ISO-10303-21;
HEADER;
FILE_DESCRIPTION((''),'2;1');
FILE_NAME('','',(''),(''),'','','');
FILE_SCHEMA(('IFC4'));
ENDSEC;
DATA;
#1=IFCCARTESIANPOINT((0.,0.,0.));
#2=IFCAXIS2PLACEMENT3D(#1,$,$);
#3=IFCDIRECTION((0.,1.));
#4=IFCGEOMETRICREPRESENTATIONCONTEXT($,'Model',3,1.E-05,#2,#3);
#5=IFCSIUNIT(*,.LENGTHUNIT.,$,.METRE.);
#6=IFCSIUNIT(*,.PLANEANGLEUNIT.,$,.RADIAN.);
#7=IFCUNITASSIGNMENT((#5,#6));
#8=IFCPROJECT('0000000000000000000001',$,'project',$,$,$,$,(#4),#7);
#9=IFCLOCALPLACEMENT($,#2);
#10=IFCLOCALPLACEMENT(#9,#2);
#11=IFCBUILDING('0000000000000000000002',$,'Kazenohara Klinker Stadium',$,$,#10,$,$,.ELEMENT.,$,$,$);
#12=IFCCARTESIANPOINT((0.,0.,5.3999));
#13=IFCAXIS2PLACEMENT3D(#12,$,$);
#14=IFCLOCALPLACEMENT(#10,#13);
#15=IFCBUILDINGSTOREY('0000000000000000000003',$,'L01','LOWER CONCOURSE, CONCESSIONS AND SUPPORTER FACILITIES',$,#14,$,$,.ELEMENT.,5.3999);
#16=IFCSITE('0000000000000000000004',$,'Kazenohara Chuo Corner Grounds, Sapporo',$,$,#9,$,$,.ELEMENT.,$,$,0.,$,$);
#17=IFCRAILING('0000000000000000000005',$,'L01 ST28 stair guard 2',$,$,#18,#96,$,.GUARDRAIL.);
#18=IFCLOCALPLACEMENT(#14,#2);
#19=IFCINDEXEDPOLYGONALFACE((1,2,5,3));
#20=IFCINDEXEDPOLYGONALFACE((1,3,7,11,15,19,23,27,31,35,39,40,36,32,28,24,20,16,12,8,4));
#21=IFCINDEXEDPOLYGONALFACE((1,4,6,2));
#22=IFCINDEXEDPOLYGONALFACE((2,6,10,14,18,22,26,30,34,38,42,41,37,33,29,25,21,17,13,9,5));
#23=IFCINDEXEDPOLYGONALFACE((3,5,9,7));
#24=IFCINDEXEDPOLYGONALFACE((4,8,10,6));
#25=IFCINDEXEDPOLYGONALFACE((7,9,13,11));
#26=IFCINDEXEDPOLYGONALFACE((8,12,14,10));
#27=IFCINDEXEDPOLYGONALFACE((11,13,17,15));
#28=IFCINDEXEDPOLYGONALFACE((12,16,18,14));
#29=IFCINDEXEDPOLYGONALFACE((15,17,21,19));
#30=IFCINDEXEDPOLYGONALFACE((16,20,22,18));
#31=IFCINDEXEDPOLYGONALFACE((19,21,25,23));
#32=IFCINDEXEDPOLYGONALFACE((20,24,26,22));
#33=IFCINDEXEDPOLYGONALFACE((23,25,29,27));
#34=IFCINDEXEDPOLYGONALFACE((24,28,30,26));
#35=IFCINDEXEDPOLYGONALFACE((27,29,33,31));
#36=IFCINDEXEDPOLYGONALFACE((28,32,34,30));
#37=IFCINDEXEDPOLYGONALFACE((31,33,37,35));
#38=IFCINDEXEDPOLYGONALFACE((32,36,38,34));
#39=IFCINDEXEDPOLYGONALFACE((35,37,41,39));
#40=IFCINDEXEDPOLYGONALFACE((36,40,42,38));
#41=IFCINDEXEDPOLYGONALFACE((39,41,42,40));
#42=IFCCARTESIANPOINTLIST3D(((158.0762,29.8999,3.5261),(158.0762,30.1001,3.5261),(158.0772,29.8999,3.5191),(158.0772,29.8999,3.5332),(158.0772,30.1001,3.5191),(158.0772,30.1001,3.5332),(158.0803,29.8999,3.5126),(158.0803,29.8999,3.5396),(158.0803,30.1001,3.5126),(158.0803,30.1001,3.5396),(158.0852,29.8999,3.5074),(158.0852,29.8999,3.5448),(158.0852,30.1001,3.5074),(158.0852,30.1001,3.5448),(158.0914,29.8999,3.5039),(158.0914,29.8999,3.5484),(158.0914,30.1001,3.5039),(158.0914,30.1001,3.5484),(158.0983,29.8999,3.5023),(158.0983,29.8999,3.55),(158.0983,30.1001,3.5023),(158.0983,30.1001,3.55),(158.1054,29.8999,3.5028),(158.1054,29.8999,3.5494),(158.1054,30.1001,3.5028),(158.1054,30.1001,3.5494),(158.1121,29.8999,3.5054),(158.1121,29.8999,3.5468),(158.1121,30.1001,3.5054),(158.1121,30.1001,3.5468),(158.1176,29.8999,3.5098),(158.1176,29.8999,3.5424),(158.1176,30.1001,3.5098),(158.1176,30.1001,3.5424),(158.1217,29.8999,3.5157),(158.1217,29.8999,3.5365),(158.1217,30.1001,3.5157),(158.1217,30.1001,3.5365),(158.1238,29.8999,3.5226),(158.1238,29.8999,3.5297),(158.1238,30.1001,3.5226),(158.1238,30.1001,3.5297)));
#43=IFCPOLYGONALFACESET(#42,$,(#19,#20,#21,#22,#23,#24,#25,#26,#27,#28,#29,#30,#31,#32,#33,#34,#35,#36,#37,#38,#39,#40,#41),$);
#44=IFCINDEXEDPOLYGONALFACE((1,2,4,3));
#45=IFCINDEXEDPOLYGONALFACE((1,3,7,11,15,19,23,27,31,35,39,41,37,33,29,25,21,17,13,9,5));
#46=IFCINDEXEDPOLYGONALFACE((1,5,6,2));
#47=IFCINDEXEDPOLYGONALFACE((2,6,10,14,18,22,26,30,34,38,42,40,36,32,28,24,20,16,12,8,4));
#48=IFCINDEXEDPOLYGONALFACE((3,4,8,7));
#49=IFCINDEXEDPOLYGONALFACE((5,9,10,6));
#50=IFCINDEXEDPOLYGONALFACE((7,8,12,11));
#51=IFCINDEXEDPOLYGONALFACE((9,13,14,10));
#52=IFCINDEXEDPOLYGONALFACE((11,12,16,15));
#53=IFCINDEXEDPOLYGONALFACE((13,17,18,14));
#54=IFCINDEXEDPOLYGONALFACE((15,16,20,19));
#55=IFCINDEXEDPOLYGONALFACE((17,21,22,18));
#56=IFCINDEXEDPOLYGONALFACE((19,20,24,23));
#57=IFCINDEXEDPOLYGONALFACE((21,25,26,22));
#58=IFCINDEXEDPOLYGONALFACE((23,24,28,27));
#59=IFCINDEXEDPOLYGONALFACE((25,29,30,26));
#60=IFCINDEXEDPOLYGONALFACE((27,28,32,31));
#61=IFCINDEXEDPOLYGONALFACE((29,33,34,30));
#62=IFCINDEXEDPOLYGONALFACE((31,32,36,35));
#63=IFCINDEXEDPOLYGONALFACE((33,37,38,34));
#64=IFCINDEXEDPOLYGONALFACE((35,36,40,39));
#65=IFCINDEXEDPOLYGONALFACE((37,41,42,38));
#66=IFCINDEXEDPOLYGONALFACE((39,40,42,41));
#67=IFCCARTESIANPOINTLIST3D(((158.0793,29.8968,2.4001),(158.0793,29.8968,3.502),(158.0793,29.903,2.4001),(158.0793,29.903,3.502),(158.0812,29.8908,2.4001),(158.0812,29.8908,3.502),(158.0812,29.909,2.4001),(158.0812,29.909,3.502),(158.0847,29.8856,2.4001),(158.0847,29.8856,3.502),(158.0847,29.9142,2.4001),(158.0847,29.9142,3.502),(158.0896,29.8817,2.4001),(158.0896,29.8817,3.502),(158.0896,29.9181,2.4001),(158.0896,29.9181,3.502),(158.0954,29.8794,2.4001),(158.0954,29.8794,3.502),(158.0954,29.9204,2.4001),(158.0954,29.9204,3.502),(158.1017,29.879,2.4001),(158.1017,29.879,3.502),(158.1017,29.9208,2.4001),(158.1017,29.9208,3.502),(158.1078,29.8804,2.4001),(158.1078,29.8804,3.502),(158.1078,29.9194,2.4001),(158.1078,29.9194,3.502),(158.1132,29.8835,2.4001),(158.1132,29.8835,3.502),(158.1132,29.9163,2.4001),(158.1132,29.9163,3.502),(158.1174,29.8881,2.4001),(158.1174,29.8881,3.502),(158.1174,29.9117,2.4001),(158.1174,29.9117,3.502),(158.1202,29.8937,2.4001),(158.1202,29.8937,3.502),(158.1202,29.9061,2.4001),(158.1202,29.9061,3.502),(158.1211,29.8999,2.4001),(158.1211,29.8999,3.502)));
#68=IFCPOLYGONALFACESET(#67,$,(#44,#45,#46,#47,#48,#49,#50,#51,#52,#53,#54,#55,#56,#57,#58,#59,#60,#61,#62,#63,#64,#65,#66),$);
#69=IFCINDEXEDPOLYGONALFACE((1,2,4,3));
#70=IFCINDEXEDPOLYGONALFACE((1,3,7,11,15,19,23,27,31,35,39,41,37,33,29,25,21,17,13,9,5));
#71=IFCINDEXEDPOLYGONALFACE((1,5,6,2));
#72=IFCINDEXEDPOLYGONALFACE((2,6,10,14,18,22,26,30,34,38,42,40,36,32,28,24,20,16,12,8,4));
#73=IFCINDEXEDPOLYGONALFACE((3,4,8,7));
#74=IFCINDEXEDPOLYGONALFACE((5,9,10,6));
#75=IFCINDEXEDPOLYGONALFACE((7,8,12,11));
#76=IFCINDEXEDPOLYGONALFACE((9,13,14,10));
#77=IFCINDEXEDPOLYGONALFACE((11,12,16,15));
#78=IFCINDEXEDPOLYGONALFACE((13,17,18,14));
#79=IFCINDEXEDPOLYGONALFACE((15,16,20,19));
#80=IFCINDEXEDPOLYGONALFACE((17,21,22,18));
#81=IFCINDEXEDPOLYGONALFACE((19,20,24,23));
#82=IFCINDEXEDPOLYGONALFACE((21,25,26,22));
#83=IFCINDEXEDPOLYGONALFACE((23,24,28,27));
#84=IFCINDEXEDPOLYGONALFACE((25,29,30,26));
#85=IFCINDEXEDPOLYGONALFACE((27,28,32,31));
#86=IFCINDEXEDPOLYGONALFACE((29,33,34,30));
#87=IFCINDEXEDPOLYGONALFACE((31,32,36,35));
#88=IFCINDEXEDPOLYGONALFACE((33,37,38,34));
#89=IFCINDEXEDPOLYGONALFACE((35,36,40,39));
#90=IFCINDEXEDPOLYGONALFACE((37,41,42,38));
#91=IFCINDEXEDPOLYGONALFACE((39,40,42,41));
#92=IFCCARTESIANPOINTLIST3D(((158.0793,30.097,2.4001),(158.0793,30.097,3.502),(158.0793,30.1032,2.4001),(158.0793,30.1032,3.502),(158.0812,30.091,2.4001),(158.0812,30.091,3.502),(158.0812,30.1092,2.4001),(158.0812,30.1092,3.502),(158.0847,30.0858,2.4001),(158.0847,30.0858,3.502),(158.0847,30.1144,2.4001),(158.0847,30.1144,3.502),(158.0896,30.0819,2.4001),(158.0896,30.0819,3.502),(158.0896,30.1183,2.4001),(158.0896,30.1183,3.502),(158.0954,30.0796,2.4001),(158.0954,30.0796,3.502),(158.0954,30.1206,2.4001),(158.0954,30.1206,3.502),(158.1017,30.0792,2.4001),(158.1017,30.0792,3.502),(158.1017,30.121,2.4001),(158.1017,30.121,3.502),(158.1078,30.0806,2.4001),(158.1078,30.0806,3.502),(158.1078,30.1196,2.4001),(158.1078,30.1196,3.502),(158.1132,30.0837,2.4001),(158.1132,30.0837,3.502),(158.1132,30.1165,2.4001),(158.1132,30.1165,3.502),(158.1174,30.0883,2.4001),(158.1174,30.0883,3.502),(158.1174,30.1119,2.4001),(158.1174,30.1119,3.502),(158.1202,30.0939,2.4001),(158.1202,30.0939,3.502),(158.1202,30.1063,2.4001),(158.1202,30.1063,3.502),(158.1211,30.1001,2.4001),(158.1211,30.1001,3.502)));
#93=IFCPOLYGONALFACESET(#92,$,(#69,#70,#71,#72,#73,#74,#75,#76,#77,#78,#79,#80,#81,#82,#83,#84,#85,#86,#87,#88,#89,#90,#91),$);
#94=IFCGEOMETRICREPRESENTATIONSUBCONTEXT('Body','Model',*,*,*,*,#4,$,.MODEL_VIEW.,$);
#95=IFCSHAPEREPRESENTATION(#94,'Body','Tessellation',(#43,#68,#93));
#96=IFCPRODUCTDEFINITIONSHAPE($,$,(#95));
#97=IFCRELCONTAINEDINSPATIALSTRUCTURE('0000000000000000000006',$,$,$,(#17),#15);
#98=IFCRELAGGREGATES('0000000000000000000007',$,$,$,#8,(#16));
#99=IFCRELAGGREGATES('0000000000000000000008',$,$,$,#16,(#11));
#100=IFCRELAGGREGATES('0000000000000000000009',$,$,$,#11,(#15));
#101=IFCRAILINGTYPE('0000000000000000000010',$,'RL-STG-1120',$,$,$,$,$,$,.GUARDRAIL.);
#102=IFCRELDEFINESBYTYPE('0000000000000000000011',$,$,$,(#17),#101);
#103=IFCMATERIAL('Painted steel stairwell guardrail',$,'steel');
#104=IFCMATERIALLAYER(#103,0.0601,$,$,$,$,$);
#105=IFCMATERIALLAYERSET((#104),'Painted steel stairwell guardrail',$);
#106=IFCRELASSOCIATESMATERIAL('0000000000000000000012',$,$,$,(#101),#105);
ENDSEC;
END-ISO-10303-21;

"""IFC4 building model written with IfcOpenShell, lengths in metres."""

from ifc_helpers import new_model, si_unit, direction, frame, origin, origin_2d, place, context, subcontext, project, spatial, circle, extrude, material, layer, layer_set, type_object, element, save


model = new_model("IFC4")

# Units and contexts
model_context = context("Model", 3, precision=1e-05, world=origin(), true_north=direction((0.0, 1.0)))
body_context = subcontext(model_context, "Body", "Model", "MODEL_VIEW")
ifc_project = project(units=[si_unit("LENGTHUNIT", "METRE"), si_unit("PLANEANGLEUNIT", "RADIAN")], contexts=[model_context])

# Site, building, storey
site_placement = place(None, origin())
site = spatial("IfcSite", under=ifc_project, at=site_placement, Name="Kazenohara Chuo Corner Grounds, Sapporo", CompositionType="ELEMENT", RefElevation=0.0)
building_placement = place(site_placement, origin())
building = spatial("IfcBuilding", under=site, at=building_placement, Name="Kazenohara Klinker Stadium", CompositionType="ELEMENT")
storey_placement = place(building_placement, frame((0.0, 0.0, 5.3999)))
storey = spatial("IfcBuildingStorey", under=building, at=storey_placement, Name="L01", Description="LOWER CONCOURSE, CONCESSIONS AND SUPPORTER FACILITIES", CompositionType="ELEMENT", Elevation=5.3999)

# Railing
ifc_material_1 = material(Name="Painted steel stairwell guardrail", Category="steel")
ifc_layer_1 = layer(ifc_material_1, 0.0601)
ifc_layer_set_1 = layer_set([ifc_layer_1], Name="Painted steel stairwell guardrail")
railing_type_1 = type_object("IfcRailingType", Name="RL-STG-1120", PredefinedType="GUARDRAIL", material=ifc_layer_set_1)
railing_1_placement = place(storey_placement, frame((158.1001, 29.8999, 2.4001)))
element("IfcRailing", 1, at=railing_1_placement, inside=storey, type_object=railing_type_1, Name="L01 ST28 stair guard 2", PredefinedType="GUARDRAIL", context=body_context, shape_type="SweptSolid", body=[
    extrude(circle(Radius=0.0239, at=origin_2d()), frame((0.0, 0.0, 1.126), z_axis=(0.0, 1.0, 0.0), x_axis=(-1.0, 0.0, 0.0)), (0.0, 0.0, 1.0), 0.2002),
    extrude(circle(Radius=0.021, at=origin_2d()), origin(), (0.0, 0.0, 1.0), 1.1018),
    extrude(circle(Radius=0.021, at=origin_2d()), frame((0.0, 0.2002, 0.0)), (0.0, 0.0, 1.0), 1.1018),
])

save(model, "model.ifc")
